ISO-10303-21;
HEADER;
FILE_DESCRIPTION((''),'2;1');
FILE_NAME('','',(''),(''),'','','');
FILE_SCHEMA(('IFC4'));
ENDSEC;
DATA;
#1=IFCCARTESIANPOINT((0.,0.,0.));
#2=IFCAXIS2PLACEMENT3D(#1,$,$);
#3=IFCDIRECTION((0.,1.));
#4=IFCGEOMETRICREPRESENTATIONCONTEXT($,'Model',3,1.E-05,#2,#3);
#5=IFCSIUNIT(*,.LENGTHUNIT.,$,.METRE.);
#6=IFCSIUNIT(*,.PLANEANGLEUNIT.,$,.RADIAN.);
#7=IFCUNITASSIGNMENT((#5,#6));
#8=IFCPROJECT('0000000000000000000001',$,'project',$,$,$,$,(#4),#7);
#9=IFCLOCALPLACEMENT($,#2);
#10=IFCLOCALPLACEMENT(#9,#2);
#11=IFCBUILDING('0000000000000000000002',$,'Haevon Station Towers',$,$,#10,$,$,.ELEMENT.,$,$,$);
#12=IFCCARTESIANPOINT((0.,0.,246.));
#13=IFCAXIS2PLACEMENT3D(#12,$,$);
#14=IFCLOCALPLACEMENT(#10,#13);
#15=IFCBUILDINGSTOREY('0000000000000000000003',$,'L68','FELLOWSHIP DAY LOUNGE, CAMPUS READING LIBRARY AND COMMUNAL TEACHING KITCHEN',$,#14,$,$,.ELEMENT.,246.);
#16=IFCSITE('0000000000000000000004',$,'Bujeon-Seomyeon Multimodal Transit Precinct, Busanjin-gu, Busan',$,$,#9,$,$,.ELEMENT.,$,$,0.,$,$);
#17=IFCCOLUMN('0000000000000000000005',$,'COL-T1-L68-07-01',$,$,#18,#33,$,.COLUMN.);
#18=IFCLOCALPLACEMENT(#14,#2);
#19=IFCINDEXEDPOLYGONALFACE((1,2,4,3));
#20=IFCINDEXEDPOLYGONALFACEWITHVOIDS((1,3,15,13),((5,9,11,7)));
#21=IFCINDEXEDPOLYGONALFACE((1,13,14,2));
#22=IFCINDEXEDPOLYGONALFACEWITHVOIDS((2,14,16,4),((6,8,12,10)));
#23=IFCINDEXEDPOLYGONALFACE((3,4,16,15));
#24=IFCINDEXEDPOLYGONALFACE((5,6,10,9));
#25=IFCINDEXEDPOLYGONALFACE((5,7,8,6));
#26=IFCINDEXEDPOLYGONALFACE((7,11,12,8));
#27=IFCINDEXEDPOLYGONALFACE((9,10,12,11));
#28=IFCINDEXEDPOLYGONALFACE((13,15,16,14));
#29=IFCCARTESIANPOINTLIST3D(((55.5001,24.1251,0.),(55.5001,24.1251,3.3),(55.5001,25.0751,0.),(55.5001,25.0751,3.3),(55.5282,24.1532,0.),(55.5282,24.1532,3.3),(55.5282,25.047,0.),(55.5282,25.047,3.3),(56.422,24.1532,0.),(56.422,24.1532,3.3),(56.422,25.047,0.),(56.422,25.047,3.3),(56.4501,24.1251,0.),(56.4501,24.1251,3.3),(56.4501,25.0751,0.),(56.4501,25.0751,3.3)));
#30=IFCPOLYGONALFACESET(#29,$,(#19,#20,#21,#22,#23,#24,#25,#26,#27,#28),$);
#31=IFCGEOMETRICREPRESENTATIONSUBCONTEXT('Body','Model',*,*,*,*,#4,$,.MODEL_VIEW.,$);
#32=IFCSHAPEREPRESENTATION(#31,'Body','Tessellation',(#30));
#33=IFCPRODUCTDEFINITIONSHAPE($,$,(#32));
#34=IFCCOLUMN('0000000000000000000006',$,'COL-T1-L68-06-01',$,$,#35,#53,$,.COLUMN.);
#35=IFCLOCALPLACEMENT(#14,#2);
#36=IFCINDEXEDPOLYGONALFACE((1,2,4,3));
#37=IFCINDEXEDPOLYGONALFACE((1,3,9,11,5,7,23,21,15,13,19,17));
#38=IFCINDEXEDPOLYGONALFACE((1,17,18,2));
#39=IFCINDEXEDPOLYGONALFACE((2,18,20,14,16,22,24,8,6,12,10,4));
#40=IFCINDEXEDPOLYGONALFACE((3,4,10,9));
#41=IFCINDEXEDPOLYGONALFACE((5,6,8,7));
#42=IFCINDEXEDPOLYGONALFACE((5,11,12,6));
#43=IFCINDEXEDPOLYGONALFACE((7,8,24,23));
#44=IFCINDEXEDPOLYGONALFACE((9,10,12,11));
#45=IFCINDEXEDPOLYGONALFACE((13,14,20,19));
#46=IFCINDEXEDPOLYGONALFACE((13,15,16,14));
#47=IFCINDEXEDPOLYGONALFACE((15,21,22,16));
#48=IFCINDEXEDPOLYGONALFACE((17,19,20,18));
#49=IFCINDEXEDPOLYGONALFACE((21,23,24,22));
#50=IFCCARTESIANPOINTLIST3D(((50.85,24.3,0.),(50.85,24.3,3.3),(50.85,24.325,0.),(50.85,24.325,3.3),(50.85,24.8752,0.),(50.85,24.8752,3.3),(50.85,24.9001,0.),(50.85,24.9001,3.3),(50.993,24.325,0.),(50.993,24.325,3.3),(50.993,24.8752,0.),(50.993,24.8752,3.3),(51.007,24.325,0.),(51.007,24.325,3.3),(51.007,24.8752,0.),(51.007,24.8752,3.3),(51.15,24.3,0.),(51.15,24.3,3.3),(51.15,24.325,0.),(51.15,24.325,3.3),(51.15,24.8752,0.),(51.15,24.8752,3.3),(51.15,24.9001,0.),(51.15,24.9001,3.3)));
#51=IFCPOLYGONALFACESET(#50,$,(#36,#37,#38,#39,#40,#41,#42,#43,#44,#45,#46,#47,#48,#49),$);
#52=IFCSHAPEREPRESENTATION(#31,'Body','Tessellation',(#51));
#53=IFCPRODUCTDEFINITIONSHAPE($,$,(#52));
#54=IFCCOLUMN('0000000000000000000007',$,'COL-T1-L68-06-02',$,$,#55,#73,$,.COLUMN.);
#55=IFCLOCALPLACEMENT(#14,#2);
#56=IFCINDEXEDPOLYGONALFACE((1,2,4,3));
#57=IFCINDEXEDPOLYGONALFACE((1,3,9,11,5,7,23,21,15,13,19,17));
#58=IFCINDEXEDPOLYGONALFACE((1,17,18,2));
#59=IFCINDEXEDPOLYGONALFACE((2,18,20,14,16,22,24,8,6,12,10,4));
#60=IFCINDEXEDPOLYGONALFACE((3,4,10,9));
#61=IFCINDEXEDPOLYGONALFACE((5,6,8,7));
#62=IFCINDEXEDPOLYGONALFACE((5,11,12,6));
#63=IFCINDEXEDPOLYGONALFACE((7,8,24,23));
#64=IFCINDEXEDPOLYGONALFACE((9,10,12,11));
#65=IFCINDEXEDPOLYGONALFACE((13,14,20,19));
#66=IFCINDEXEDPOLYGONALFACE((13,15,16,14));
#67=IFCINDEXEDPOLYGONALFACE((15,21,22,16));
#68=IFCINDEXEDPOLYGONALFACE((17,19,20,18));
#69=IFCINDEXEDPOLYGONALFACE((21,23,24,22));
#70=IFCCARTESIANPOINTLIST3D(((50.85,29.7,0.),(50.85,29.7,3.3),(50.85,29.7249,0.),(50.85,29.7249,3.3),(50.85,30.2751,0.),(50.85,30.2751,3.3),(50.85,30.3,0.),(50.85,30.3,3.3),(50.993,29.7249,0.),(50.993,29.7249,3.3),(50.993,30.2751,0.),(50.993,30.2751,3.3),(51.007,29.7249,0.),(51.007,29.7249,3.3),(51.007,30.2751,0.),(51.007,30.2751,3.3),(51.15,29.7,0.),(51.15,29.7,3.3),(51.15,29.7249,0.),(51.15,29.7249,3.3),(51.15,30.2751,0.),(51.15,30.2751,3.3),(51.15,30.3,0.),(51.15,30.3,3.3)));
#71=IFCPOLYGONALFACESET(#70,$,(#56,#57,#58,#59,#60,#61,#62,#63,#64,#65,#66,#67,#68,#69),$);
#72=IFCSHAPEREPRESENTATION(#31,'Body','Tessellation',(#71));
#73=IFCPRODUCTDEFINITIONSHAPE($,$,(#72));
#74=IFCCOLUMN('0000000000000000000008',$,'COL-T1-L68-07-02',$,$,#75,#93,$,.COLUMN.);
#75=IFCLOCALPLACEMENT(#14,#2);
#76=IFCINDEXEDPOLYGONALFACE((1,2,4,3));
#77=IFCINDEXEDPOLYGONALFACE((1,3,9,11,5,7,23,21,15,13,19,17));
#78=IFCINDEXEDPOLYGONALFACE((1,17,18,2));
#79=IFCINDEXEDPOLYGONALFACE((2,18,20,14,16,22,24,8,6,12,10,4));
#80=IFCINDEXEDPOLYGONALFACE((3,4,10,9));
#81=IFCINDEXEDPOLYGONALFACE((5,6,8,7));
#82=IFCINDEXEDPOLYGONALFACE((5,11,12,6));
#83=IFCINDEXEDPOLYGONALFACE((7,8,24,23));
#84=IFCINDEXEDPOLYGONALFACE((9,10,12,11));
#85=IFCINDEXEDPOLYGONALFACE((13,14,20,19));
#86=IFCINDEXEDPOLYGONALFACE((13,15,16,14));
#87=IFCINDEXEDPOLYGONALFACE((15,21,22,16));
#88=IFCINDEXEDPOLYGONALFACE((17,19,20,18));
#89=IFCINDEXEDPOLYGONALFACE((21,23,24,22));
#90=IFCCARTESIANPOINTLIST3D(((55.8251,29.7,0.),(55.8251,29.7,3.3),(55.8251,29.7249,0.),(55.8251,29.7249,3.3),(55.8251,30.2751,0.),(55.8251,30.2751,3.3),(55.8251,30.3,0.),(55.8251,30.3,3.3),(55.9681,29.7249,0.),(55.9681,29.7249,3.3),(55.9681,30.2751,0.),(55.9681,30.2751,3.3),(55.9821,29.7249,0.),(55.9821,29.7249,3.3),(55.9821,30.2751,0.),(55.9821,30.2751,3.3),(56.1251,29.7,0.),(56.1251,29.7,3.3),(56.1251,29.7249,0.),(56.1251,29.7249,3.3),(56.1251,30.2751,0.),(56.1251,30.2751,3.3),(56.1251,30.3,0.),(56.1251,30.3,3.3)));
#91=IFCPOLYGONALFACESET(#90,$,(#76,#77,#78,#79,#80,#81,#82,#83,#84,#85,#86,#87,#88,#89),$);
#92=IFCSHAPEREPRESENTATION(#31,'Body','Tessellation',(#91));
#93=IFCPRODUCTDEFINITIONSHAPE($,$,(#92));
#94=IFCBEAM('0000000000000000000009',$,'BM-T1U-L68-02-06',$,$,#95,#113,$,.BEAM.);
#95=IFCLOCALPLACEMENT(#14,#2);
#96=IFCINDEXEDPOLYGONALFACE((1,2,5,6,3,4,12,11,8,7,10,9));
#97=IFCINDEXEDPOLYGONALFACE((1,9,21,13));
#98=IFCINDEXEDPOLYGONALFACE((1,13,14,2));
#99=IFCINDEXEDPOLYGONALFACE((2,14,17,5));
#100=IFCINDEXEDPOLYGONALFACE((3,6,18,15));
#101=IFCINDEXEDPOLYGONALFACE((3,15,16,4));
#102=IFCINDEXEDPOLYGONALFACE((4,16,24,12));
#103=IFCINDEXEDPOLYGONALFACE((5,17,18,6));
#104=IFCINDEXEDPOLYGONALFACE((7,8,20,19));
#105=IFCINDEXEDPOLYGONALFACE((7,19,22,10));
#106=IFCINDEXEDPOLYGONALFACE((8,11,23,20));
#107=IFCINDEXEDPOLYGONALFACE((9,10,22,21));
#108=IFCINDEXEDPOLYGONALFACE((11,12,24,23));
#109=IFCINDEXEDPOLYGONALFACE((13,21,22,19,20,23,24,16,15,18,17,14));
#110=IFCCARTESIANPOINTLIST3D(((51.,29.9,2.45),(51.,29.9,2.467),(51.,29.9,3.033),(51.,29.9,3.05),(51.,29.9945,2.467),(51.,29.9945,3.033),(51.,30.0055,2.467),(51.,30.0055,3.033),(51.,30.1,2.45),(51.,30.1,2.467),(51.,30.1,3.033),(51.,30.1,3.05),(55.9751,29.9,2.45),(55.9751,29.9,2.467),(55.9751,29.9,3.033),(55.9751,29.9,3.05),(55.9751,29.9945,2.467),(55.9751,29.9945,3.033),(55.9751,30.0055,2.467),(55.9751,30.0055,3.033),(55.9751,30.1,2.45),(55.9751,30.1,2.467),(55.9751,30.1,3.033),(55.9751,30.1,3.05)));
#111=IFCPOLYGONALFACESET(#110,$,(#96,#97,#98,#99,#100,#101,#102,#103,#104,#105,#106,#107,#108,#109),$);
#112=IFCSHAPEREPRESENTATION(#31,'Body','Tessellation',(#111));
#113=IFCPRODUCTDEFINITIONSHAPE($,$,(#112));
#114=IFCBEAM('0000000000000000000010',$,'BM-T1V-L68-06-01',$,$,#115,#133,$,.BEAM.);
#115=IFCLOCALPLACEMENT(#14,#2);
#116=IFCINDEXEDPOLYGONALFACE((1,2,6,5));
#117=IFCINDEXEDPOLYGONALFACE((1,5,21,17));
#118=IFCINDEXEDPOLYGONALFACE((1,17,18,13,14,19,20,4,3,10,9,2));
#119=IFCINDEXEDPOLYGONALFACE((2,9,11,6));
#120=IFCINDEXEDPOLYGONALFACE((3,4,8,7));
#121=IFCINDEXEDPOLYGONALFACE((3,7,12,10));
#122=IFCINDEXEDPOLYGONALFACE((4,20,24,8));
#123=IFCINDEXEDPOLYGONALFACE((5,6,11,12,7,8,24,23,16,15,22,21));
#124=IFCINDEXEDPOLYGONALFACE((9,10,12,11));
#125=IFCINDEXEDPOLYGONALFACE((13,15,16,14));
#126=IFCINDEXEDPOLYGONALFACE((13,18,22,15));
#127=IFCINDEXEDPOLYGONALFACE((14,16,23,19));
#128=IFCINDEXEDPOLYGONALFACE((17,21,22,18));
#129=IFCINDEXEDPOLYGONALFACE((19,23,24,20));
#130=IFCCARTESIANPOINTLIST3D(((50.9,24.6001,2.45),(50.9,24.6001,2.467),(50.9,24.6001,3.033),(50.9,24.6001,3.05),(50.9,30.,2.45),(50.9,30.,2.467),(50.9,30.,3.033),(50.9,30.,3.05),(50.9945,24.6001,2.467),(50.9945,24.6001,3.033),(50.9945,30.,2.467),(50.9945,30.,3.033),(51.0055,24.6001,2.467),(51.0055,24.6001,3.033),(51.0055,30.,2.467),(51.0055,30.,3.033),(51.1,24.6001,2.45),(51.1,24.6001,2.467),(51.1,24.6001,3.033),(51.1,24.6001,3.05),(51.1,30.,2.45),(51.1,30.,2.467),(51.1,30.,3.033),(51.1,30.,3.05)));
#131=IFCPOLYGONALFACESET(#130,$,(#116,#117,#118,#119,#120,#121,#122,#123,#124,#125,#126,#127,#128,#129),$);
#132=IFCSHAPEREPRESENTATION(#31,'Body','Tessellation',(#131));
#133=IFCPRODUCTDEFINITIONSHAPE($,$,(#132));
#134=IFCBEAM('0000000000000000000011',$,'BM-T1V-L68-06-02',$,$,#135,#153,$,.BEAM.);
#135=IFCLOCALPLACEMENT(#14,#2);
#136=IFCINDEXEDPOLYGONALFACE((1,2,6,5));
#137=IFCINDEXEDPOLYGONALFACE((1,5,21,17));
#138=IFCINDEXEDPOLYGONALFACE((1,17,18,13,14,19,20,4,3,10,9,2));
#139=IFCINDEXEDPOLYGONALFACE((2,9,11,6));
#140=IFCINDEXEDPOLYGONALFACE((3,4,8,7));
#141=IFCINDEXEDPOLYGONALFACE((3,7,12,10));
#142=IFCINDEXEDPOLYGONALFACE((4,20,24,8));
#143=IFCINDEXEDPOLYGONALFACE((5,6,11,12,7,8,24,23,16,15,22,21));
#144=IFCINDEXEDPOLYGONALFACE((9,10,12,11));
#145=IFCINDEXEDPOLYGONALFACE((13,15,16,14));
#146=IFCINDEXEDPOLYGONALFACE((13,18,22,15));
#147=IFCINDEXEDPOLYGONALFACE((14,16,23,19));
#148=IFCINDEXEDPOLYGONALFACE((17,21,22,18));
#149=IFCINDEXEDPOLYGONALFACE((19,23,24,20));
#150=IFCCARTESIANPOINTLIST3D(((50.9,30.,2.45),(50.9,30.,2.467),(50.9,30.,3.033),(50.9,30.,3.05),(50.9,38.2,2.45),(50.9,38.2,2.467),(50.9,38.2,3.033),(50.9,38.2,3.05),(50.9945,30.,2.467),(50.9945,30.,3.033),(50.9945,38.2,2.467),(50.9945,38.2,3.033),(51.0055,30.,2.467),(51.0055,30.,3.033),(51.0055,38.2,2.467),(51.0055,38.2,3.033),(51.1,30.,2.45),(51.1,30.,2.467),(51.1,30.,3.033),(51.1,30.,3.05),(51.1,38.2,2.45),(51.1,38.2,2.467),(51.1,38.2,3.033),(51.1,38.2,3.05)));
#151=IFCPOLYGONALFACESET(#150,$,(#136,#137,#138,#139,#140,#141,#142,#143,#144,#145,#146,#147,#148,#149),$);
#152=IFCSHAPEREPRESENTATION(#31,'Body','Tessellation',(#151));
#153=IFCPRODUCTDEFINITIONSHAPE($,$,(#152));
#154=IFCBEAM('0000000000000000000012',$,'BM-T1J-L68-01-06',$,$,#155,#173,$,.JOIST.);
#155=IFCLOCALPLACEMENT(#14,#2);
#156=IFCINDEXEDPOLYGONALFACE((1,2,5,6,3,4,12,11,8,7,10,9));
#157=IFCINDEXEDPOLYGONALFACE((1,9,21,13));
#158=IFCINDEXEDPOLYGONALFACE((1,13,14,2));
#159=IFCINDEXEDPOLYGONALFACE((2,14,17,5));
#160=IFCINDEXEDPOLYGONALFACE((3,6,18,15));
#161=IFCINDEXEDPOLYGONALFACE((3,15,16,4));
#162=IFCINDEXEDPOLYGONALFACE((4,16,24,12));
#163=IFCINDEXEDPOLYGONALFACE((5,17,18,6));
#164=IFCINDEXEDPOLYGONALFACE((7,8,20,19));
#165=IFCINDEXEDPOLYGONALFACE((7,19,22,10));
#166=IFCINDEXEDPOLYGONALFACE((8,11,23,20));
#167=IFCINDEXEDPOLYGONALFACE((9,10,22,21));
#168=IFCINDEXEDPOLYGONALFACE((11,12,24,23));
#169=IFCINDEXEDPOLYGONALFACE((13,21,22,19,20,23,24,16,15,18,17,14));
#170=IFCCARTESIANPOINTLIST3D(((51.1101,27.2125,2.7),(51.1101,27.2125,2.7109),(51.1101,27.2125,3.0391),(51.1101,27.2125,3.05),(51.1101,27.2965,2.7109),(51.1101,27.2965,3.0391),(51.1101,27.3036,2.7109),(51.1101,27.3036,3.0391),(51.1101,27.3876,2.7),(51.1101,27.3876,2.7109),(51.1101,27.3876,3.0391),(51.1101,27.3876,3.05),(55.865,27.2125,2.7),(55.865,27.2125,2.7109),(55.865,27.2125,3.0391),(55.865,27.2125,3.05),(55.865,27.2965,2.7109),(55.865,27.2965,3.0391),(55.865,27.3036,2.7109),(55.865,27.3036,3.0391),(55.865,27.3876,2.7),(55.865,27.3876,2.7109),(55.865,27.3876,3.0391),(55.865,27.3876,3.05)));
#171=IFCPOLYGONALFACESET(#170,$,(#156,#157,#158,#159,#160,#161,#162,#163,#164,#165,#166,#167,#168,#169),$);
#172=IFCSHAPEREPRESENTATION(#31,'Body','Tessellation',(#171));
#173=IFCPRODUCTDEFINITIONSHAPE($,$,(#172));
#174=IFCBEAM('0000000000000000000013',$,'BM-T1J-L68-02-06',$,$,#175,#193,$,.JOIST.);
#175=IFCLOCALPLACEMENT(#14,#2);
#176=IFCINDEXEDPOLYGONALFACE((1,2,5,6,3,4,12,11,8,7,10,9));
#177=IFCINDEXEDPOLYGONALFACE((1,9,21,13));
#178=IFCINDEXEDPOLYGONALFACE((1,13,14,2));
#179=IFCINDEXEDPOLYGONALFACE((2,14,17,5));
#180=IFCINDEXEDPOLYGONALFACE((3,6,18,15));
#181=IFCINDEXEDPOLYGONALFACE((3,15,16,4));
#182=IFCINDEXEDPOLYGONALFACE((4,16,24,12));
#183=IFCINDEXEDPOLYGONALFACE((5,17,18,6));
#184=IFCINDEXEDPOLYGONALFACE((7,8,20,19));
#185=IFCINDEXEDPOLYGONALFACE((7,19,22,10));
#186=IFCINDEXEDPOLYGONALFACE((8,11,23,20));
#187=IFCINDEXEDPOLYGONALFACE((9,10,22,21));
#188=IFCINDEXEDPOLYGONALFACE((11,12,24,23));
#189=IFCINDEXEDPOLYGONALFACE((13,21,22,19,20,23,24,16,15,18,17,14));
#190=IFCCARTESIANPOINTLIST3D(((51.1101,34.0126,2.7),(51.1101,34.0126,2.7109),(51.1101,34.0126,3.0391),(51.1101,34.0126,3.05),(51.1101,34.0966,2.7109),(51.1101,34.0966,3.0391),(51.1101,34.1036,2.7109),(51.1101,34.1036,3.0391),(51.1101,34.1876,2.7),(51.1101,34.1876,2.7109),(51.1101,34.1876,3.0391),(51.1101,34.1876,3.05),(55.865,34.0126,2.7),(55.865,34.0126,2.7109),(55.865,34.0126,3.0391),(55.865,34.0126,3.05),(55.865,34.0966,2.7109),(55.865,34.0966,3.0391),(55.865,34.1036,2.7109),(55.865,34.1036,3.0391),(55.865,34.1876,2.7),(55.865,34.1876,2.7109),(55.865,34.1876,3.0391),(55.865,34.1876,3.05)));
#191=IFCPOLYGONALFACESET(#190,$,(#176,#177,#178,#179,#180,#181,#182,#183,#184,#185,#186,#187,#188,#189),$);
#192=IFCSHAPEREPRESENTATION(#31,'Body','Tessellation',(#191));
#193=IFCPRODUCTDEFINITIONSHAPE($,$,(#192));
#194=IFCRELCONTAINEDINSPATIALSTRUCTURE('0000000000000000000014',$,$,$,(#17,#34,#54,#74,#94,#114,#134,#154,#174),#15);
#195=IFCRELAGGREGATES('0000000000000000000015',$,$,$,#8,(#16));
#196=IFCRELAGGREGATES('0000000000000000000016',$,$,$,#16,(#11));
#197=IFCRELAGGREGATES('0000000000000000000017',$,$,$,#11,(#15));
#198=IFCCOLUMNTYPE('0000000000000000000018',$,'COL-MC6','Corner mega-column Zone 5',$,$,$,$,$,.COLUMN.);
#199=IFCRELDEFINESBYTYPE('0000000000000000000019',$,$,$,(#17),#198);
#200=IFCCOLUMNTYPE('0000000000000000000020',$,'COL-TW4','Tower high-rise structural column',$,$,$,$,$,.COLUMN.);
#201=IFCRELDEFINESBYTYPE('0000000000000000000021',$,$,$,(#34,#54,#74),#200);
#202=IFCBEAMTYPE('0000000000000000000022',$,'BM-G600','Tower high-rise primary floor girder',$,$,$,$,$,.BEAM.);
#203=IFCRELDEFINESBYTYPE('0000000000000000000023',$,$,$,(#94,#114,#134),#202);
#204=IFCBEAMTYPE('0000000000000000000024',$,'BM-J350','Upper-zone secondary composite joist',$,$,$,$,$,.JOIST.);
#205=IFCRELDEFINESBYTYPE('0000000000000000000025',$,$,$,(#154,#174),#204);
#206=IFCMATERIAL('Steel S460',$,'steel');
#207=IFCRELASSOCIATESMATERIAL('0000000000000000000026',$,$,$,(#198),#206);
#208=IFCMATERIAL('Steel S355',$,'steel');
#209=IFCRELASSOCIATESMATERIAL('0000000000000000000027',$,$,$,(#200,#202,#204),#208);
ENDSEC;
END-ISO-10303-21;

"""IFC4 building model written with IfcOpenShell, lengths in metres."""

from ifc_helpers import new_model, si_unit, direction, frame, origin, origin_2d, place, context, subcontext, project, spatial, hollow_rectangle, i_section, extrude, material, material_profile, profile_set, type_object, element, save


model = new_model("IFC4")

# Units and contexts
model_context = context("Model", 3, precision=1e-05, world=origin(), true_north=direction((0.0, 1.0)))
body_context = subcontext(model_context, "Body", "Model", "MODEL_VIEW")
ifc_project = project(units=[si_unit("LENGTHUNIT", "METRE"), si_unit("PLANEANGLEUNIT", "RADIAN")], contexts=[model_context])

# Site, building, storey
site_placement = place(None, origin())
site = spatial("IfcSite", under=ifc_project, at=site_placement, Name="Bujeon-Seomyeon Multimodal Transit Precinct, Busanjin-gu, Busan", CompositionType="ELEMENT", RefElevation=0.0)
building_placement = place(site_placement, origin())
building = spatial("IfcBuilding", under=site, at=building_placement, Name="Haevon Station Towers", CompositionType="ELEMENT")
storey_placement = place(building_placement, frame((0.0, 0.0, 246.0)))
storey = spatial("IfcBuildingStorey", under=building, at=storey_placement, Name="L68", Description="FELLOWSHIP DAY LOUNGE, CAMPUS READING LIBRARY AND COMMUNAL TEACHING KITCHEN", CompositionType="ELEMENT", Elevation=246.0)

# Columns
ifc_material_1 = material(Name="Steel S460", Category="steel")
ifc_material_profile_1 = material_profile(ifc_material_1, hollow_rectangle(XDim=0.95, YDim=0.95, WallThickness=0.0281, at=origin_2d()), Name="BOX-950x950x28")
ifc_profile_set_1 = profile_set([ifc_material_profile_1], Name="Steel S460")
column_type_1 = type_object("IfcColumnType", Name="COL-MC6", Description="Corner mega-column Zone 5", PredefinedType="COLUMN", material=ifc_profile_set_1)
column_placement = place(storey_placement, frame((55.9751, 24.6001, 0.0), z_axis=(0.0, 0.0, 1.0), x_axis=(1.0, 0.0, 0.0)))
element("IfcColumn", 1, at=column_placement, inside=storey, type_object=column_type_1, Name="COL-T1-L68-07-01", PredefinedType="COLUMN", context=body_context, shape_type="SweptSolid", body=[
    extrude(hollow_rectangle(XDim=0.95, YDim=0.95, WallThickness=0.0281, at=origin_2d()), origin(), (0.0, 0.0, 1.0), 3.3),
])
ifc_material_2 = material(Name="Steel S355", Category="steel")
ifc_material_profile_2 = material_profile(ifc_material_2, i_section(OverallWidth=0.3, OverallDepth=0.6001, WebThickness=0.0139, FlangeThickness=0.0249, at=origin_2d()), Name="H-600x300x14x25")
ifc_profile_set_2 = profile_set([ifc_material_profile_2], Name="Steel S355")
column_type_2 = type_object("IfcColumnType", Name="COL-TW4", Description="Tower high-rise structural column", PredefinedType="COLUMN", material=ifc_profile_set_2)
for number, where, z_axis, x_axis, name in (
    (2, (51.0, 24.6001, 0.0), (0.0, 0.0, 1.0), (1.0, 0.0, 0.0), "COL-T1-L68-06-01"),
    (3, (51.0, 30.0, 0.0), (0.0, 0.0, 1.0), (1.0, 0.0, 0.0), "COL-T1-L68-06-02"),
    (4, (55.9751, 30.0, 0.0), (0.0, 0.0, 1.0), (1.0, 0.0, 0.0), "COL-T1-L68-07-02"),
):
    element("IfcColumn", number, at=place(storey_placement, frame(where, z_axis=z_axis, x_axis=x_axis)), inside=storey, type_object=column_type_2, Name=name, PredefinedType="COLUMN", context=body_context, shape_type="SweptSolid", body=[
        extrude(i_section(OverallWidth=0.3, OverallDepth=0.6001, WebThickness=0.0139, FlangeThickness=0.0249, at=origin_2d()), origin(), (0.0, 0.0, 1.0), 3.3),
    ])

# Beams
ifc_material_profile_3 = material_profile(ifc_material_2, i_section(OverallWidth=0.2, OverallDepth=0.6001, WebThickness=0.011, FlangeThickness=0.0171, at=origin_2d()), Name="H-600x200x11x17")
ifc_profile_set_3 = profile_set([ifc_material_profile_3], Name="Steel S355")
beam_type_1 = type_object("IfcBeamType", Name="BM-G600", Description="Tower high-rise primary floor girder", PredefinedType="BEAM", material=ifc_profile_set_3)
beam_1_placement = place(storey_placement, frame((51.0, 30.0, 2.75), z_axis=(1.0, 0.0, 0.0), x_axis=(0.0, 1.0, 0.0)))
element("IfcBeam", 5, at=beam_1_placement, inside=storey, type_object=beam_type_1, Name="BM-T1U-L68-02-06", PredefinedType="BEAM", context=body_context, shape_type="SweptSolid", body=[
    extrude(i_section(OverallWidth=0.2, OverallDepth=0.6001, WebThickness=0.011, FlangeThickness=0.0171, at=origin_2d()), origin(), (0.0, 0.0, 1.0), 4.9751),
])
beam_2_placement = place(storey_placement, frame((51.0, 24.6001, 2.75), z_axis=(0.0, 1.0, 0.0), x_axis=(-1.0, 0.0, 0.0)))
element("IfcBeam", 6, at=beam_2_placement, inside=storey, type_object=beam_type_1, Name="BM-T1V-L68-06-01", PredefinedType="BEAM", context=body_context, shape_type="SweptSolid", body=[
    extrude(i_section(OverallWidth=0.2, OverallDepth=0.6001, WebThickness=0.011, FlangeThickness=0.0171, at=origin_2d()), origin(), (0.0, 0.0, 1.0), 5.3999),
])
beam_3_placement = place(storey_placement, frame((51.0, 30.0, 2.75), z_axis=(0.0, 1.0, 0.0), x_axis=(-1.0, 0.0, 0.0)))
element("IfcBeam", 7, at=beam_3_placement, inside=storey, type_object=beam_type_1, Name="BM-T1V-L68-06-02", PredefinedType="BEAM", context=body_context, shape_type="SweptSolid", body=[
    extrude(i_section(OverallWidth=0.2, OverallDepth=0.6001, WebThickness=0.011, FlangeThickness=0.0171, at=origin_2d()), origin(), (0.0, 0.0, 1.0), 8.2),
])
ifc_material_profile_4 = material_profile(ifc_material_2, i_section(OverallWidth=0.175, OverallDepth=0.3501, WebThickness=0.0071, FlangeThickness=0.011, at=origin_2d()), Name="H-350x175x7x11")
ifc_profile_set_4 = profile_set([ifc_material_profile_4], Name="Steel S355")
beam_type_2 = type_object("IfcBeamType", Name="BM-J350", Description="Upper-zone secondary composite joist", PredefinedType="JOIST", material=ifc_profile_set_4)
for number, where, z_axis, x_axis, name in (
    (8, (51.1101, 27.3, 2.875), (1.0, 0.0, 0.0), (0.0, 1.0, 0.0), "BM-T1J-L68-01-06"),
    (9, (51.1101, 34.1001, 2.875), (1.0, 0.0, 0.0), (0.0, 1.0, 0.0), "BM-T1J-L68-02-06"),
):
    element("IfcBeam", number, at=place(storey_placement, frame(where, z_axis=z_axis, x_axis=x_axis)), inside=storey, type_object=beam_type_2, Name=name, PredefinedType="JOIST", context=body_context, shape_type="SweptSolid", body=[
        extrude(i_section(OverallWidth=0.175, OverallDepth=0.3501, WebThickness=0.0071, FlangeThickness=0.011, at=origin_2d()), origin(), (0.0, 0.0, 1.0), 4.7549),
    ])

save(model, "model.ifc")
